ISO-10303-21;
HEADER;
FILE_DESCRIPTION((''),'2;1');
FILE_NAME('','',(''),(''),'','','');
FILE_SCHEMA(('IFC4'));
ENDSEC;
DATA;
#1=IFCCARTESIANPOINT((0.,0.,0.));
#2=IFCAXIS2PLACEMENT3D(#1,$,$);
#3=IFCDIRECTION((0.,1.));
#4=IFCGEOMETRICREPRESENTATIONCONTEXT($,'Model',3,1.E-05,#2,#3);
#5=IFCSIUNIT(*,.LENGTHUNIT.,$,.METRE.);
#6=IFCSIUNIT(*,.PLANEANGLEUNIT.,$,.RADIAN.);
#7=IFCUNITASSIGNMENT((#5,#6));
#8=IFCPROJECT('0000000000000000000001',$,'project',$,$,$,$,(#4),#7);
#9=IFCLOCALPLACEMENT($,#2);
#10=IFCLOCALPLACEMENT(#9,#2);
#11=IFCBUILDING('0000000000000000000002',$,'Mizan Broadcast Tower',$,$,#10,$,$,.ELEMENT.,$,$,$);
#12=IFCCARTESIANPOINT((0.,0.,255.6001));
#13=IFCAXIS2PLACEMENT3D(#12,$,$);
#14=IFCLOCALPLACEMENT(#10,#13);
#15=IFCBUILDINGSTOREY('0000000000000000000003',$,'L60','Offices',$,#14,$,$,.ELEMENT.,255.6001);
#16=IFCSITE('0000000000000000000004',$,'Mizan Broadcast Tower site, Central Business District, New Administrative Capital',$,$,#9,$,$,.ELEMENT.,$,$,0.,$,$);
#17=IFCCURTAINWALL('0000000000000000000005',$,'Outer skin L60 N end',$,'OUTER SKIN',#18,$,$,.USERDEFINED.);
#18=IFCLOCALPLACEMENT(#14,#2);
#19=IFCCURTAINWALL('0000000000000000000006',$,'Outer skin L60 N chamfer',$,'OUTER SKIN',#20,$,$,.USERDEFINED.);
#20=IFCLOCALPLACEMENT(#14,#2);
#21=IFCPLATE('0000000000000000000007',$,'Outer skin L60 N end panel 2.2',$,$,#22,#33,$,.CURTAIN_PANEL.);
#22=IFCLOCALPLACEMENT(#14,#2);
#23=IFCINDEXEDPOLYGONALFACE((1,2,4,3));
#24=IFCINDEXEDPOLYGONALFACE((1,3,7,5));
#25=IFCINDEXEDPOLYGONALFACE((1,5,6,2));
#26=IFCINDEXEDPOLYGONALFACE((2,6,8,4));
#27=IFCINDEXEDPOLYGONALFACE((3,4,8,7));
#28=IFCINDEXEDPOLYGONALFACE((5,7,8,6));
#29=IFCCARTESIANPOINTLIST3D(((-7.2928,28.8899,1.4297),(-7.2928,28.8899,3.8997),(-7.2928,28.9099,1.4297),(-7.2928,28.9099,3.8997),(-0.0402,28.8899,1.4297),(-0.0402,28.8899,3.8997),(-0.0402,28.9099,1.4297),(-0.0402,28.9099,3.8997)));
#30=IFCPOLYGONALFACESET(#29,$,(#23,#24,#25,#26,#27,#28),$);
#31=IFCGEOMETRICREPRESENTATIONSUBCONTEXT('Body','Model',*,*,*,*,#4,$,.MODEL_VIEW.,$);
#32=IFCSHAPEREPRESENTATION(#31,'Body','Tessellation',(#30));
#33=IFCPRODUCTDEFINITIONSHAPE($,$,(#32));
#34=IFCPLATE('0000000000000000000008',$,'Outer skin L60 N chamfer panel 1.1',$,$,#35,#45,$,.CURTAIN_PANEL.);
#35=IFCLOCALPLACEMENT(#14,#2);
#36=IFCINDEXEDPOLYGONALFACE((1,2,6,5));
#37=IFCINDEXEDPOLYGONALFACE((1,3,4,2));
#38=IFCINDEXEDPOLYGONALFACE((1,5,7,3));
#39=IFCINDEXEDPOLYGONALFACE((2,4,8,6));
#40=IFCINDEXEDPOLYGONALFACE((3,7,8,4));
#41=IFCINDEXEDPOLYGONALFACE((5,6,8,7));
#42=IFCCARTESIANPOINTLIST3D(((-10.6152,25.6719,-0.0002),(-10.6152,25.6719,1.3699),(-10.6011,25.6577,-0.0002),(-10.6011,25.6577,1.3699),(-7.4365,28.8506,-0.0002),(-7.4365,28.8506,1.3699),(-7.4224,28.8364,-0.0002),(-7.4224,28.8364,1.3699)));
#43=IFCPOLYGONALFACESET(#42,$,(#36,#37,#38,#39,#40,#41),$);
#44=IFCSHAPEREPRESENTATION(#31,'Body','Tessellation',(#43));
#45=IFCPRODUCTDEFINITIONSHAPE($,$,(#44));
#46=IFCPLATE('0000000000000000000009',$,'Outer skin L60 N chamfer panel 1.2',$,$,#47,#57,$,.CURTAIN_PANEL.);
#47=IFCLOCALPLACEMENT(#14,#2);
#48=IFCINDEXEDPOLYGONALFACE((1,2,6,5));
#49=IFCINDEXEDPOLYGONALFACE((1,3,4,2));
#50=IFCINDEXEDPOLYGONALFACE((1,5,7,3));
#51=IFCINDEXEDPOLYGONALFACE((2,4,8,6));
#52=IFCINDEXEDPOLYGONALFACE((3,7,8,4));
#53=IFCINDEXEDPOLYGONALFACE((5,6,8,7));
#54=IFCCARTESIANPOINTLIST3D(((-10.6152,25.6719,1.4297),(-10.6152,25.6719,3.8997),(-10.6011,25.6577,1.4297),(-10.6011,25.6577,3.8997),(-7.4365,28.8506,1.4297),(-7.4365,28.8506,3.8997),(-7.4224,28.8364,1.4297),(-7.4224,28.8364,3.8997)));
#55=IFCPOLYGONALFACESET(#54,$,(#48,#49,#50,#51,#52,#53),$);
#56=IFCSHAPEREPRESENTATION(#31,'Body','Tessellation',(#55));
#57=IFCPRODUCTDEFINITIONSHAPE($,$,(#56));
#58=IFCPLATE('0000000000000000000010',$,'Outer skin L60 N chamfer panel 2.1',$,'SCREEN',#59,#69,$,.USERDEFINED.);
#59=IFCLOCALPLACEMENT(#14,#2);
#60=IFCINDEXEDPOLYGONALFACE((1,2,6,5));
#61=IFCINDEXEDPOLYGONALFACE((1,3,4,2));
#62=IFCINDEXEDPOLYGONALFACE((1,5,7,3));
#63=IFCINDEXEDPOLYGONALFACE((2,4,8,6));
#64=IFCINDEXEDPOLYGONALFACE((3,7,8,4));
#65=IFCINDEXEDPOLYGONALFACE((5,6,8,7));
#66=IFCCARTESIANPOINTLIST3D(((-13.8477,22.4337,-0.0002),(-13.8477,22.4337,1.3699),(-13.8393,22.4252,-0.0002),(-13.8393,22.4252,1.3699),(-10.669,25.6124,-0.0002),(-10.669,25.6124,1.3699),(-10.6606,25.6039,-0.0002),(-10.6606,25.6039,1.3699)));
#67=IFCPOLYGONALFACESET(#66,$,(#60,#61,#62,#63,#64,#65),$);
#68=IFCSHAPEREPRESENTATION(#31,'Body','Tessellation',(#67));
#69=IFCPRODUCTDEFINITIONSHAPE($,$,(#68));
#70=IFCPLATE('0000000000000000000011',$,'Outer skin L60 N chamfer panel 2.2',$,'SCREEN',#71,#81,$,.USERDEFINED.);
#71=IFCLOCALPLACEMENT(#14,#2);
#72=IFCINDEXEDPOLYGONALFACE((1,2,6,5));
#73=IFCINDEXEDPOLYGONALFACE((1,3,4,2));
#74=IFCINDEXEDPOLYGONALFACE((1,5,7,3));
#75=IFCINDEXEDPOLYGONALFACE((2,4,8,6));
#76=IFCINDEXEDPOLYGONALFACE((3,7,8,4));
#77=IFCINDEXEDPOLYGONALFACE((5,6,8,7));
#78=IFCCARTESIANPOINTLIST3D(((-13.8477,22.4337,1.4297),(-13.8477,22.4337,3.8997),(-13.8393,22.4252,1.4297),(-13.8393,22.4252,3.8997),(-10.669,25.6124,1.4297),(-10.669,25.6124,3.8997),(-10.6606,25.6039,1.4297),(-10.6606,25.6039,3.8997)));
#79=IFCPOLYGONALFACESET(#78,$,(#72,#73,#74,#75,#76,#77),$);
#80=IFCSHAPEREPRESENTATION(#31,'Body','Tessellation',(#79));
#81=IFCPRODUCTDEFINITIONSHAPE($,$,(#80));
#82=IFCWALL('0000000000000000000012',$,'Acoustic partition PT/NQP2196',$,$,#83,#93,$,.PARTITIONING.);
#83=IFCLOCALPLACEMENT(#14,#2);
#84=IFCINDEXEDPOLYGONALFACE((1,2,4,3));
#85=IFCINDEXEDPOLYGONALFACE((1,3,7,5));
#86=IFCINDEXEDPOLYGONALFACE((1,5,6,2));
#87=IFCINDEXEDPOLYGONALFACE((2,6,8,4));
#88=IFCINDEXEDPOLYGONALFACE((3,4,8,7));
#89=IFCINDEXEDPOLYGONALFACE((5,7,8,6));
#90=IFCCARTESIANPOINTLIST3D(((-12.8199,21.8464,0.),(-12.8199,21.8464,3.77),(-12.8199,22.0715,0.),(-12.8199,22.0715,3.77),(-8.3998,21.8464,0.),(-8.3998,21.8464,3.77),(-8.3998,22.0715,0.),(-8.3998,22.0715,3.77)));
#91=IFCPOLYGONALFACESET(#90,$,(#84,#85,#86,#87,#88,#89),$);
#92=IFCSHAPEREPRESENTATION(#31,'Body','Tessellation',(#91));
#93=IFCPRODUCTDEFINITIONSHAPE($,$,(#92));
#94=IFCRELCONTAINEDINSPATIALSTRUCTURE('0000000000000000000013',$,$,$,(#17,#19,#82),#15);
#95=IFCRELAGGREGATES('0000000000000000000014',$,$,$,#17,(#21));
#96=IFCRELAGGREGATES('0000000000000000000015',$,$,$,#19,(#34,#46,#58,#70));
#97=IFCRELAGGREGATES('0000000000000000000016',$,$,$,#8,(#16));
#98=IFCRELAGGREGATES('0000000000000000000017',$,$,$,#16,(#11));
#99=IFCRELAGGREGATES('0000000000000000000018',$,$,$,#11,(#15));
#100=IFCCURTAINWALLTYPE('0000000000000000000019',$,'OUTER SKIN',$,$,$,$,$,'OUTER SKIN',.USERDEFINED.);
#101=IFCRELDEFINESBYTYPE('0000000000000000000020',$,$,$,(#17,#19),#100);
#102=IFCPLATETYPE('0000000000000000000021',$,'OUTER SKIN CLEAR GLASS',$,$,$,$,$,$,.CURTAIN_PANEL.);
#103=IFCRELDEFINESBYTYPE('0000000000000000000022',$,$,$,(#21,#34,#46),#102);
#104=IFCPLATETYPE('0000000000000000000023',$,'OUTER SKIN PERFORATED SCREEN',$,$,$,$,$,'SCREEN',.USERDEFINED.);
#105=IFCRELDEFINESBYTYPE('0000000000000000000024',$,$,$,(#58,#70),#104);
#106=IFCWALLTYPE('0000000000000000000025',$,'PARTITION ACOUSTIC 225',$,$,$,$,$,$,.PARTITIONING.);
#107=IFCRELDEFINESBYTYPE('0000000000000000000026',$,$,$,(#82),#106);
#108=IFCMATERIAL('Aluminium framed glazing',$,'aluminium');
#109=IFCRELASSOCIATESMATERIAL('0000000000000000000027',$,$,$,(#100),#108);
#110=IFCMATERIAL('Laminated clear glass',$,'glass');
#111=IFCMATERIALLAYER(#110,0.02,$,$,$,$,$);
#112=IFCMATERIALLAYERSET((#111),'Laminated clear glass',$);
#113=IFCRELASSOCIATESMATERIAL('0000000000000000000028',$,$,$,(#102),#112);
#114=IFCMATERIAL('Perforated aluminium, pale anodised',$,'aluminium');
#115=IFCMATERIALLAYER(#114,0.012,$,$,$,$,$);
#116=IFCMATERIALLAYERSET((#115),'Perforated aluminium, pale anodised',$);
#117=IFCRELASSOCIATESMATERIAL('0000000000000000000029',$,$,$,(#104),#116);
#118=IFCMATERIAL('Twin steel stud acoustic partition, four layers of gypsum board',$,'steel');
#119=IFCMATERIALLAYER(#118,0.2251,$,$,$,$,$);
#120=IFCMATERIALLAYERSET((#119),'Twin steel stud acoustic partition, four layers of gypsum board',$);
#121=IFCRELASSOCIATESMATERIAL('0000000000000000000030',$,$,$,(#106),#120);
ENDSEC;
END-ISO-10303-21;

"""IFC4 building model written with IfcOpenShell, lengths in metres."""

from ifc_helpers import new_model, si_unit, direction, frame, frame_2d, origin, origin_2d, place, context, subcontext, project, spatial, rectangle, extrude, material, layer, layer_set, type_object, element, aggregate, save


model = new_model("IFC4")

# Units and contexts
model_context = context("Model", 3, precision=1e-05, world=origin(), true_north=direction((0.0, 1.0)))
body_context = subcontext(model_context, "Body", "Model", "MODEL_VIEW")
ifc_project = project(units=[si_unit("LENGTHUNIT", "METRE"), si_unit("PLANEANGLEUNIT", "RADIAN")], contexts=[model_context])

# Site, building, storey
site_placement = place(None, origin())
site = spatial("IfcSite", under=ifc_project, at=site_placement, Name="Mizan Broadcast Tower site, Central Business District, New Administrative Capital", CompositionType="ELEMENT", RefElevation=0.0)
building_placement = place(site_placement, origin())
building = spatial("IfcBuilding", under=site, at=building_placement, Name="Mizan Broadcast Tower", CompositionType="ELEMENT")
storey_placement = place(building_placement, frame((0.0, 0.0, 255.6001)))
storey = spatial("IfcBuildingStorey", under=building, at=storey_placement, Name="L60", Description="Offices", CompositionType="ELEMENT", Elevation=255.6001)

# Curtain walls
ifc_material_1 = material(Name="Aluminium framed glazing", Category="aluminium")
curtain_wall_type_1 = type_object("IfcCurtainWallType", Name="OUTER SKIN", ElementType="OUTER SKIN", PredefinedType="USERDEFINED", material=ifc_material_1)
curtain_wall_1_placement = place(storey_placement, origin())
curtain_wall_1 = element("IfcCurtainWall", 1, at=curtain_wall_1_placement, inside=storey, type_object=curtain_wall_type_1, Name="Outer skin L60 N end", ObjectType="OUTER SKIN", PredefinedType="USERDEFINED")
curtain_wall_2_placement = place(storey_placement, origin())
curtain_wall_2 = element("IfcCurtainWall", 2, at=curtain_wall_2_placement, inside=storey, type_object=curtain_wall_type_1, Name="Outer skin L60 N chamfer", ObjectType="OUTER SKIN", PredefinedType="USERDEFINED")

# Plates
ifc_material_2 = material(Name="Laminated clear glass", Category="glass")
ifc_layer_1 = layer(ifc_material_2, 0.02)
ifc_layer_set_1 = layer_set([ifc_layer_1], Name="Laminated clear glass")
plate_type_1 = type_object("IfcPlateType", Name="OUTER SKIN CLEAR GLASS", PredefinedType="CURTAIN_PANEL", material=ifc_layer_set_1)
plate_1_placement = place(storey_placement, frame((-3.6665, 28.8999, 1.4297), z_axis=(0.0, 0.0, 1.0), x_axis=(-1.0, 0.0, 0.0)))
plate_1 = element("IfcPlate", 3, at=plate_1_placement, type_object=plate_type_1, Name="Outer skin L60 N end panel 2.2", PredefinedType="CURTAIN_PANEL", context=body_context, shape_type="SweptSolid", body=[
    extrude(rectangle(XDim=7.2527, YDim=0.02, at=origin_2d()), origin(), (0.0, 0.0, 1.0), 2.47),
])
aggregate(curtain_wall_1, [plate_1])
plate_2_placement = place(storey_placement, frame((-9.0188, 27.2542, -0.0002), z_axis=(0.0, 0.0, 1.0), x_axis=(-0.707107, -0.707107, 0.0)))
plate_2 = element("IfcPlate", 4, at=plate_2_placement, type_object=plate_type_1, Name="Outer skin L60 N chamfer panel 1.1", PredefinedType="CURTAIN_PANEL", context=body_context, shape_type="SweptSolid", body=[
    extrude(rectangle(XDim=4.4954, YDim=0.02, at=origin_2d()), origin(), (0.0, 0.0, 1.0), 1.3701),
])
plate_3_placement = place(storey_placement, frame((-9.0188, 27.2542, 1.4297), z_axis=(0.0, 0.0, 1.0), x_axis=(-0.707107, -0.707107, 0.0)))
plate_3 = element("IfcPlate", 5, at=plate_3_placement, type_object=plate_type_1, Name="Outer skin L60 N chamfer panel 1.2", PredefinedType="CURTAIN_PANEL", context=body_context, shape_type="SweptSolid", body=[
    extrude(rectangle(XDim=4.4954, YDim=0.02, at=origin_2d()), origin(), (0.0, 0.0, 1.0), 2.47),
])
ifc_material_3 = material(Name="Perforated aluminium, pale anodised", Category="aluminium")
ifc_layer_2 = layer(ifc_material_3, 0.012)
ifc_layer_set_2 = layer_set([ifc_layer_2], Name="Perforated aluminium, pale anodised")
plate_type_2 = type_object("IfcPlateType", Name="OUTER SKIN PERFORATED SCREEN", ElementType="SCREEN", PredefinedType="USERDEFINED", material=ifc_layer_set_2)
plate_4_placement = place(storey_placement, frame((-12.2542, 24.0188, -0.0002), z_axis=(0.0, 0.0, 1.0), x_axis=(-0.707107, -0.707107, 0.0)))
plate_4 = element("IfcPlate", 6, at=plate_4_placement, type_object=plate_type_2, Name="Outer skin L60 N chamfer panel 2.1", ObjectType="SCREEN", PredefinedType="USERDEFINED", context=body_context, shape_type="SweptSolid", body=[
    extrude(rectangle(XDim=4.4954, YDim=0.012, at=origin_2d()), origin(), (0.0, 0.0, 1.0), 1.3701),
])
plate_5_placement = place(storey_placement, frame((-12.2542, 24.0188, 1.4297), z_axis=(0.0, 0.0, 1.0), x_axis=(-0.707107, -0.707107, 0.0)))
plate_5 = element("IfcPlate", 7, at=plate_5_placement, type_object=plate_type_2, Name="Outer skin L60 N chamfer panel 2.2", ObjectType="SCREEN", PredefinedType="USERDEFINED", context=body_context, shape_type="SweptSolid", body=[
    extrude(rectangle(XDim=4.4954, YDim=0.012, at=origin_2d()), origin(), (0.0, 0.0, 1.0), 2.47),
])
aggregate(curtain_wall_2, [plate_2, plate_3, plate_4, plate_5])

# Wall
ifc_material_4 = material(Name="Twin steel stud acoustic partition, four layers of gypsum board", Category="steel")
ifc_layer_3 = layer(ifc_material_4, 0.2251)
ifc_layer_set_3 = layer_set([ifc_layer_3], Name="Twin steel stud acoustic partition, four layers of gypsum board")
wall_type = type_object("IfcWallType", Name="PARTITION ACOUSTIC 225", PredefinedType="PARTITIONING", material=ifc_layer_set_3)
wall_placement = place(storey_placement, frame((-8.3999, 21.959, 0.0), z_axis=(0.0, 0.0, 1.0), x_axis=(-1.0, 0.0, 0.0)))
element("IfcWall", 8, at=wall_placement, inside=storey, type_object=wall_type, Name="Acoustic partition PT/NQP2196", PredefinedType="PARTITIONING", context=body_context, shape_type="SweptSolid", body=[
    extrude(rectangle(XDim=4.4202, YDim=0.2251, at=frame_2d((2.21, 0.0))), origin(), (0.0, 0.0, 1.0), 3.77),
])

save(model, "model.ifc")
